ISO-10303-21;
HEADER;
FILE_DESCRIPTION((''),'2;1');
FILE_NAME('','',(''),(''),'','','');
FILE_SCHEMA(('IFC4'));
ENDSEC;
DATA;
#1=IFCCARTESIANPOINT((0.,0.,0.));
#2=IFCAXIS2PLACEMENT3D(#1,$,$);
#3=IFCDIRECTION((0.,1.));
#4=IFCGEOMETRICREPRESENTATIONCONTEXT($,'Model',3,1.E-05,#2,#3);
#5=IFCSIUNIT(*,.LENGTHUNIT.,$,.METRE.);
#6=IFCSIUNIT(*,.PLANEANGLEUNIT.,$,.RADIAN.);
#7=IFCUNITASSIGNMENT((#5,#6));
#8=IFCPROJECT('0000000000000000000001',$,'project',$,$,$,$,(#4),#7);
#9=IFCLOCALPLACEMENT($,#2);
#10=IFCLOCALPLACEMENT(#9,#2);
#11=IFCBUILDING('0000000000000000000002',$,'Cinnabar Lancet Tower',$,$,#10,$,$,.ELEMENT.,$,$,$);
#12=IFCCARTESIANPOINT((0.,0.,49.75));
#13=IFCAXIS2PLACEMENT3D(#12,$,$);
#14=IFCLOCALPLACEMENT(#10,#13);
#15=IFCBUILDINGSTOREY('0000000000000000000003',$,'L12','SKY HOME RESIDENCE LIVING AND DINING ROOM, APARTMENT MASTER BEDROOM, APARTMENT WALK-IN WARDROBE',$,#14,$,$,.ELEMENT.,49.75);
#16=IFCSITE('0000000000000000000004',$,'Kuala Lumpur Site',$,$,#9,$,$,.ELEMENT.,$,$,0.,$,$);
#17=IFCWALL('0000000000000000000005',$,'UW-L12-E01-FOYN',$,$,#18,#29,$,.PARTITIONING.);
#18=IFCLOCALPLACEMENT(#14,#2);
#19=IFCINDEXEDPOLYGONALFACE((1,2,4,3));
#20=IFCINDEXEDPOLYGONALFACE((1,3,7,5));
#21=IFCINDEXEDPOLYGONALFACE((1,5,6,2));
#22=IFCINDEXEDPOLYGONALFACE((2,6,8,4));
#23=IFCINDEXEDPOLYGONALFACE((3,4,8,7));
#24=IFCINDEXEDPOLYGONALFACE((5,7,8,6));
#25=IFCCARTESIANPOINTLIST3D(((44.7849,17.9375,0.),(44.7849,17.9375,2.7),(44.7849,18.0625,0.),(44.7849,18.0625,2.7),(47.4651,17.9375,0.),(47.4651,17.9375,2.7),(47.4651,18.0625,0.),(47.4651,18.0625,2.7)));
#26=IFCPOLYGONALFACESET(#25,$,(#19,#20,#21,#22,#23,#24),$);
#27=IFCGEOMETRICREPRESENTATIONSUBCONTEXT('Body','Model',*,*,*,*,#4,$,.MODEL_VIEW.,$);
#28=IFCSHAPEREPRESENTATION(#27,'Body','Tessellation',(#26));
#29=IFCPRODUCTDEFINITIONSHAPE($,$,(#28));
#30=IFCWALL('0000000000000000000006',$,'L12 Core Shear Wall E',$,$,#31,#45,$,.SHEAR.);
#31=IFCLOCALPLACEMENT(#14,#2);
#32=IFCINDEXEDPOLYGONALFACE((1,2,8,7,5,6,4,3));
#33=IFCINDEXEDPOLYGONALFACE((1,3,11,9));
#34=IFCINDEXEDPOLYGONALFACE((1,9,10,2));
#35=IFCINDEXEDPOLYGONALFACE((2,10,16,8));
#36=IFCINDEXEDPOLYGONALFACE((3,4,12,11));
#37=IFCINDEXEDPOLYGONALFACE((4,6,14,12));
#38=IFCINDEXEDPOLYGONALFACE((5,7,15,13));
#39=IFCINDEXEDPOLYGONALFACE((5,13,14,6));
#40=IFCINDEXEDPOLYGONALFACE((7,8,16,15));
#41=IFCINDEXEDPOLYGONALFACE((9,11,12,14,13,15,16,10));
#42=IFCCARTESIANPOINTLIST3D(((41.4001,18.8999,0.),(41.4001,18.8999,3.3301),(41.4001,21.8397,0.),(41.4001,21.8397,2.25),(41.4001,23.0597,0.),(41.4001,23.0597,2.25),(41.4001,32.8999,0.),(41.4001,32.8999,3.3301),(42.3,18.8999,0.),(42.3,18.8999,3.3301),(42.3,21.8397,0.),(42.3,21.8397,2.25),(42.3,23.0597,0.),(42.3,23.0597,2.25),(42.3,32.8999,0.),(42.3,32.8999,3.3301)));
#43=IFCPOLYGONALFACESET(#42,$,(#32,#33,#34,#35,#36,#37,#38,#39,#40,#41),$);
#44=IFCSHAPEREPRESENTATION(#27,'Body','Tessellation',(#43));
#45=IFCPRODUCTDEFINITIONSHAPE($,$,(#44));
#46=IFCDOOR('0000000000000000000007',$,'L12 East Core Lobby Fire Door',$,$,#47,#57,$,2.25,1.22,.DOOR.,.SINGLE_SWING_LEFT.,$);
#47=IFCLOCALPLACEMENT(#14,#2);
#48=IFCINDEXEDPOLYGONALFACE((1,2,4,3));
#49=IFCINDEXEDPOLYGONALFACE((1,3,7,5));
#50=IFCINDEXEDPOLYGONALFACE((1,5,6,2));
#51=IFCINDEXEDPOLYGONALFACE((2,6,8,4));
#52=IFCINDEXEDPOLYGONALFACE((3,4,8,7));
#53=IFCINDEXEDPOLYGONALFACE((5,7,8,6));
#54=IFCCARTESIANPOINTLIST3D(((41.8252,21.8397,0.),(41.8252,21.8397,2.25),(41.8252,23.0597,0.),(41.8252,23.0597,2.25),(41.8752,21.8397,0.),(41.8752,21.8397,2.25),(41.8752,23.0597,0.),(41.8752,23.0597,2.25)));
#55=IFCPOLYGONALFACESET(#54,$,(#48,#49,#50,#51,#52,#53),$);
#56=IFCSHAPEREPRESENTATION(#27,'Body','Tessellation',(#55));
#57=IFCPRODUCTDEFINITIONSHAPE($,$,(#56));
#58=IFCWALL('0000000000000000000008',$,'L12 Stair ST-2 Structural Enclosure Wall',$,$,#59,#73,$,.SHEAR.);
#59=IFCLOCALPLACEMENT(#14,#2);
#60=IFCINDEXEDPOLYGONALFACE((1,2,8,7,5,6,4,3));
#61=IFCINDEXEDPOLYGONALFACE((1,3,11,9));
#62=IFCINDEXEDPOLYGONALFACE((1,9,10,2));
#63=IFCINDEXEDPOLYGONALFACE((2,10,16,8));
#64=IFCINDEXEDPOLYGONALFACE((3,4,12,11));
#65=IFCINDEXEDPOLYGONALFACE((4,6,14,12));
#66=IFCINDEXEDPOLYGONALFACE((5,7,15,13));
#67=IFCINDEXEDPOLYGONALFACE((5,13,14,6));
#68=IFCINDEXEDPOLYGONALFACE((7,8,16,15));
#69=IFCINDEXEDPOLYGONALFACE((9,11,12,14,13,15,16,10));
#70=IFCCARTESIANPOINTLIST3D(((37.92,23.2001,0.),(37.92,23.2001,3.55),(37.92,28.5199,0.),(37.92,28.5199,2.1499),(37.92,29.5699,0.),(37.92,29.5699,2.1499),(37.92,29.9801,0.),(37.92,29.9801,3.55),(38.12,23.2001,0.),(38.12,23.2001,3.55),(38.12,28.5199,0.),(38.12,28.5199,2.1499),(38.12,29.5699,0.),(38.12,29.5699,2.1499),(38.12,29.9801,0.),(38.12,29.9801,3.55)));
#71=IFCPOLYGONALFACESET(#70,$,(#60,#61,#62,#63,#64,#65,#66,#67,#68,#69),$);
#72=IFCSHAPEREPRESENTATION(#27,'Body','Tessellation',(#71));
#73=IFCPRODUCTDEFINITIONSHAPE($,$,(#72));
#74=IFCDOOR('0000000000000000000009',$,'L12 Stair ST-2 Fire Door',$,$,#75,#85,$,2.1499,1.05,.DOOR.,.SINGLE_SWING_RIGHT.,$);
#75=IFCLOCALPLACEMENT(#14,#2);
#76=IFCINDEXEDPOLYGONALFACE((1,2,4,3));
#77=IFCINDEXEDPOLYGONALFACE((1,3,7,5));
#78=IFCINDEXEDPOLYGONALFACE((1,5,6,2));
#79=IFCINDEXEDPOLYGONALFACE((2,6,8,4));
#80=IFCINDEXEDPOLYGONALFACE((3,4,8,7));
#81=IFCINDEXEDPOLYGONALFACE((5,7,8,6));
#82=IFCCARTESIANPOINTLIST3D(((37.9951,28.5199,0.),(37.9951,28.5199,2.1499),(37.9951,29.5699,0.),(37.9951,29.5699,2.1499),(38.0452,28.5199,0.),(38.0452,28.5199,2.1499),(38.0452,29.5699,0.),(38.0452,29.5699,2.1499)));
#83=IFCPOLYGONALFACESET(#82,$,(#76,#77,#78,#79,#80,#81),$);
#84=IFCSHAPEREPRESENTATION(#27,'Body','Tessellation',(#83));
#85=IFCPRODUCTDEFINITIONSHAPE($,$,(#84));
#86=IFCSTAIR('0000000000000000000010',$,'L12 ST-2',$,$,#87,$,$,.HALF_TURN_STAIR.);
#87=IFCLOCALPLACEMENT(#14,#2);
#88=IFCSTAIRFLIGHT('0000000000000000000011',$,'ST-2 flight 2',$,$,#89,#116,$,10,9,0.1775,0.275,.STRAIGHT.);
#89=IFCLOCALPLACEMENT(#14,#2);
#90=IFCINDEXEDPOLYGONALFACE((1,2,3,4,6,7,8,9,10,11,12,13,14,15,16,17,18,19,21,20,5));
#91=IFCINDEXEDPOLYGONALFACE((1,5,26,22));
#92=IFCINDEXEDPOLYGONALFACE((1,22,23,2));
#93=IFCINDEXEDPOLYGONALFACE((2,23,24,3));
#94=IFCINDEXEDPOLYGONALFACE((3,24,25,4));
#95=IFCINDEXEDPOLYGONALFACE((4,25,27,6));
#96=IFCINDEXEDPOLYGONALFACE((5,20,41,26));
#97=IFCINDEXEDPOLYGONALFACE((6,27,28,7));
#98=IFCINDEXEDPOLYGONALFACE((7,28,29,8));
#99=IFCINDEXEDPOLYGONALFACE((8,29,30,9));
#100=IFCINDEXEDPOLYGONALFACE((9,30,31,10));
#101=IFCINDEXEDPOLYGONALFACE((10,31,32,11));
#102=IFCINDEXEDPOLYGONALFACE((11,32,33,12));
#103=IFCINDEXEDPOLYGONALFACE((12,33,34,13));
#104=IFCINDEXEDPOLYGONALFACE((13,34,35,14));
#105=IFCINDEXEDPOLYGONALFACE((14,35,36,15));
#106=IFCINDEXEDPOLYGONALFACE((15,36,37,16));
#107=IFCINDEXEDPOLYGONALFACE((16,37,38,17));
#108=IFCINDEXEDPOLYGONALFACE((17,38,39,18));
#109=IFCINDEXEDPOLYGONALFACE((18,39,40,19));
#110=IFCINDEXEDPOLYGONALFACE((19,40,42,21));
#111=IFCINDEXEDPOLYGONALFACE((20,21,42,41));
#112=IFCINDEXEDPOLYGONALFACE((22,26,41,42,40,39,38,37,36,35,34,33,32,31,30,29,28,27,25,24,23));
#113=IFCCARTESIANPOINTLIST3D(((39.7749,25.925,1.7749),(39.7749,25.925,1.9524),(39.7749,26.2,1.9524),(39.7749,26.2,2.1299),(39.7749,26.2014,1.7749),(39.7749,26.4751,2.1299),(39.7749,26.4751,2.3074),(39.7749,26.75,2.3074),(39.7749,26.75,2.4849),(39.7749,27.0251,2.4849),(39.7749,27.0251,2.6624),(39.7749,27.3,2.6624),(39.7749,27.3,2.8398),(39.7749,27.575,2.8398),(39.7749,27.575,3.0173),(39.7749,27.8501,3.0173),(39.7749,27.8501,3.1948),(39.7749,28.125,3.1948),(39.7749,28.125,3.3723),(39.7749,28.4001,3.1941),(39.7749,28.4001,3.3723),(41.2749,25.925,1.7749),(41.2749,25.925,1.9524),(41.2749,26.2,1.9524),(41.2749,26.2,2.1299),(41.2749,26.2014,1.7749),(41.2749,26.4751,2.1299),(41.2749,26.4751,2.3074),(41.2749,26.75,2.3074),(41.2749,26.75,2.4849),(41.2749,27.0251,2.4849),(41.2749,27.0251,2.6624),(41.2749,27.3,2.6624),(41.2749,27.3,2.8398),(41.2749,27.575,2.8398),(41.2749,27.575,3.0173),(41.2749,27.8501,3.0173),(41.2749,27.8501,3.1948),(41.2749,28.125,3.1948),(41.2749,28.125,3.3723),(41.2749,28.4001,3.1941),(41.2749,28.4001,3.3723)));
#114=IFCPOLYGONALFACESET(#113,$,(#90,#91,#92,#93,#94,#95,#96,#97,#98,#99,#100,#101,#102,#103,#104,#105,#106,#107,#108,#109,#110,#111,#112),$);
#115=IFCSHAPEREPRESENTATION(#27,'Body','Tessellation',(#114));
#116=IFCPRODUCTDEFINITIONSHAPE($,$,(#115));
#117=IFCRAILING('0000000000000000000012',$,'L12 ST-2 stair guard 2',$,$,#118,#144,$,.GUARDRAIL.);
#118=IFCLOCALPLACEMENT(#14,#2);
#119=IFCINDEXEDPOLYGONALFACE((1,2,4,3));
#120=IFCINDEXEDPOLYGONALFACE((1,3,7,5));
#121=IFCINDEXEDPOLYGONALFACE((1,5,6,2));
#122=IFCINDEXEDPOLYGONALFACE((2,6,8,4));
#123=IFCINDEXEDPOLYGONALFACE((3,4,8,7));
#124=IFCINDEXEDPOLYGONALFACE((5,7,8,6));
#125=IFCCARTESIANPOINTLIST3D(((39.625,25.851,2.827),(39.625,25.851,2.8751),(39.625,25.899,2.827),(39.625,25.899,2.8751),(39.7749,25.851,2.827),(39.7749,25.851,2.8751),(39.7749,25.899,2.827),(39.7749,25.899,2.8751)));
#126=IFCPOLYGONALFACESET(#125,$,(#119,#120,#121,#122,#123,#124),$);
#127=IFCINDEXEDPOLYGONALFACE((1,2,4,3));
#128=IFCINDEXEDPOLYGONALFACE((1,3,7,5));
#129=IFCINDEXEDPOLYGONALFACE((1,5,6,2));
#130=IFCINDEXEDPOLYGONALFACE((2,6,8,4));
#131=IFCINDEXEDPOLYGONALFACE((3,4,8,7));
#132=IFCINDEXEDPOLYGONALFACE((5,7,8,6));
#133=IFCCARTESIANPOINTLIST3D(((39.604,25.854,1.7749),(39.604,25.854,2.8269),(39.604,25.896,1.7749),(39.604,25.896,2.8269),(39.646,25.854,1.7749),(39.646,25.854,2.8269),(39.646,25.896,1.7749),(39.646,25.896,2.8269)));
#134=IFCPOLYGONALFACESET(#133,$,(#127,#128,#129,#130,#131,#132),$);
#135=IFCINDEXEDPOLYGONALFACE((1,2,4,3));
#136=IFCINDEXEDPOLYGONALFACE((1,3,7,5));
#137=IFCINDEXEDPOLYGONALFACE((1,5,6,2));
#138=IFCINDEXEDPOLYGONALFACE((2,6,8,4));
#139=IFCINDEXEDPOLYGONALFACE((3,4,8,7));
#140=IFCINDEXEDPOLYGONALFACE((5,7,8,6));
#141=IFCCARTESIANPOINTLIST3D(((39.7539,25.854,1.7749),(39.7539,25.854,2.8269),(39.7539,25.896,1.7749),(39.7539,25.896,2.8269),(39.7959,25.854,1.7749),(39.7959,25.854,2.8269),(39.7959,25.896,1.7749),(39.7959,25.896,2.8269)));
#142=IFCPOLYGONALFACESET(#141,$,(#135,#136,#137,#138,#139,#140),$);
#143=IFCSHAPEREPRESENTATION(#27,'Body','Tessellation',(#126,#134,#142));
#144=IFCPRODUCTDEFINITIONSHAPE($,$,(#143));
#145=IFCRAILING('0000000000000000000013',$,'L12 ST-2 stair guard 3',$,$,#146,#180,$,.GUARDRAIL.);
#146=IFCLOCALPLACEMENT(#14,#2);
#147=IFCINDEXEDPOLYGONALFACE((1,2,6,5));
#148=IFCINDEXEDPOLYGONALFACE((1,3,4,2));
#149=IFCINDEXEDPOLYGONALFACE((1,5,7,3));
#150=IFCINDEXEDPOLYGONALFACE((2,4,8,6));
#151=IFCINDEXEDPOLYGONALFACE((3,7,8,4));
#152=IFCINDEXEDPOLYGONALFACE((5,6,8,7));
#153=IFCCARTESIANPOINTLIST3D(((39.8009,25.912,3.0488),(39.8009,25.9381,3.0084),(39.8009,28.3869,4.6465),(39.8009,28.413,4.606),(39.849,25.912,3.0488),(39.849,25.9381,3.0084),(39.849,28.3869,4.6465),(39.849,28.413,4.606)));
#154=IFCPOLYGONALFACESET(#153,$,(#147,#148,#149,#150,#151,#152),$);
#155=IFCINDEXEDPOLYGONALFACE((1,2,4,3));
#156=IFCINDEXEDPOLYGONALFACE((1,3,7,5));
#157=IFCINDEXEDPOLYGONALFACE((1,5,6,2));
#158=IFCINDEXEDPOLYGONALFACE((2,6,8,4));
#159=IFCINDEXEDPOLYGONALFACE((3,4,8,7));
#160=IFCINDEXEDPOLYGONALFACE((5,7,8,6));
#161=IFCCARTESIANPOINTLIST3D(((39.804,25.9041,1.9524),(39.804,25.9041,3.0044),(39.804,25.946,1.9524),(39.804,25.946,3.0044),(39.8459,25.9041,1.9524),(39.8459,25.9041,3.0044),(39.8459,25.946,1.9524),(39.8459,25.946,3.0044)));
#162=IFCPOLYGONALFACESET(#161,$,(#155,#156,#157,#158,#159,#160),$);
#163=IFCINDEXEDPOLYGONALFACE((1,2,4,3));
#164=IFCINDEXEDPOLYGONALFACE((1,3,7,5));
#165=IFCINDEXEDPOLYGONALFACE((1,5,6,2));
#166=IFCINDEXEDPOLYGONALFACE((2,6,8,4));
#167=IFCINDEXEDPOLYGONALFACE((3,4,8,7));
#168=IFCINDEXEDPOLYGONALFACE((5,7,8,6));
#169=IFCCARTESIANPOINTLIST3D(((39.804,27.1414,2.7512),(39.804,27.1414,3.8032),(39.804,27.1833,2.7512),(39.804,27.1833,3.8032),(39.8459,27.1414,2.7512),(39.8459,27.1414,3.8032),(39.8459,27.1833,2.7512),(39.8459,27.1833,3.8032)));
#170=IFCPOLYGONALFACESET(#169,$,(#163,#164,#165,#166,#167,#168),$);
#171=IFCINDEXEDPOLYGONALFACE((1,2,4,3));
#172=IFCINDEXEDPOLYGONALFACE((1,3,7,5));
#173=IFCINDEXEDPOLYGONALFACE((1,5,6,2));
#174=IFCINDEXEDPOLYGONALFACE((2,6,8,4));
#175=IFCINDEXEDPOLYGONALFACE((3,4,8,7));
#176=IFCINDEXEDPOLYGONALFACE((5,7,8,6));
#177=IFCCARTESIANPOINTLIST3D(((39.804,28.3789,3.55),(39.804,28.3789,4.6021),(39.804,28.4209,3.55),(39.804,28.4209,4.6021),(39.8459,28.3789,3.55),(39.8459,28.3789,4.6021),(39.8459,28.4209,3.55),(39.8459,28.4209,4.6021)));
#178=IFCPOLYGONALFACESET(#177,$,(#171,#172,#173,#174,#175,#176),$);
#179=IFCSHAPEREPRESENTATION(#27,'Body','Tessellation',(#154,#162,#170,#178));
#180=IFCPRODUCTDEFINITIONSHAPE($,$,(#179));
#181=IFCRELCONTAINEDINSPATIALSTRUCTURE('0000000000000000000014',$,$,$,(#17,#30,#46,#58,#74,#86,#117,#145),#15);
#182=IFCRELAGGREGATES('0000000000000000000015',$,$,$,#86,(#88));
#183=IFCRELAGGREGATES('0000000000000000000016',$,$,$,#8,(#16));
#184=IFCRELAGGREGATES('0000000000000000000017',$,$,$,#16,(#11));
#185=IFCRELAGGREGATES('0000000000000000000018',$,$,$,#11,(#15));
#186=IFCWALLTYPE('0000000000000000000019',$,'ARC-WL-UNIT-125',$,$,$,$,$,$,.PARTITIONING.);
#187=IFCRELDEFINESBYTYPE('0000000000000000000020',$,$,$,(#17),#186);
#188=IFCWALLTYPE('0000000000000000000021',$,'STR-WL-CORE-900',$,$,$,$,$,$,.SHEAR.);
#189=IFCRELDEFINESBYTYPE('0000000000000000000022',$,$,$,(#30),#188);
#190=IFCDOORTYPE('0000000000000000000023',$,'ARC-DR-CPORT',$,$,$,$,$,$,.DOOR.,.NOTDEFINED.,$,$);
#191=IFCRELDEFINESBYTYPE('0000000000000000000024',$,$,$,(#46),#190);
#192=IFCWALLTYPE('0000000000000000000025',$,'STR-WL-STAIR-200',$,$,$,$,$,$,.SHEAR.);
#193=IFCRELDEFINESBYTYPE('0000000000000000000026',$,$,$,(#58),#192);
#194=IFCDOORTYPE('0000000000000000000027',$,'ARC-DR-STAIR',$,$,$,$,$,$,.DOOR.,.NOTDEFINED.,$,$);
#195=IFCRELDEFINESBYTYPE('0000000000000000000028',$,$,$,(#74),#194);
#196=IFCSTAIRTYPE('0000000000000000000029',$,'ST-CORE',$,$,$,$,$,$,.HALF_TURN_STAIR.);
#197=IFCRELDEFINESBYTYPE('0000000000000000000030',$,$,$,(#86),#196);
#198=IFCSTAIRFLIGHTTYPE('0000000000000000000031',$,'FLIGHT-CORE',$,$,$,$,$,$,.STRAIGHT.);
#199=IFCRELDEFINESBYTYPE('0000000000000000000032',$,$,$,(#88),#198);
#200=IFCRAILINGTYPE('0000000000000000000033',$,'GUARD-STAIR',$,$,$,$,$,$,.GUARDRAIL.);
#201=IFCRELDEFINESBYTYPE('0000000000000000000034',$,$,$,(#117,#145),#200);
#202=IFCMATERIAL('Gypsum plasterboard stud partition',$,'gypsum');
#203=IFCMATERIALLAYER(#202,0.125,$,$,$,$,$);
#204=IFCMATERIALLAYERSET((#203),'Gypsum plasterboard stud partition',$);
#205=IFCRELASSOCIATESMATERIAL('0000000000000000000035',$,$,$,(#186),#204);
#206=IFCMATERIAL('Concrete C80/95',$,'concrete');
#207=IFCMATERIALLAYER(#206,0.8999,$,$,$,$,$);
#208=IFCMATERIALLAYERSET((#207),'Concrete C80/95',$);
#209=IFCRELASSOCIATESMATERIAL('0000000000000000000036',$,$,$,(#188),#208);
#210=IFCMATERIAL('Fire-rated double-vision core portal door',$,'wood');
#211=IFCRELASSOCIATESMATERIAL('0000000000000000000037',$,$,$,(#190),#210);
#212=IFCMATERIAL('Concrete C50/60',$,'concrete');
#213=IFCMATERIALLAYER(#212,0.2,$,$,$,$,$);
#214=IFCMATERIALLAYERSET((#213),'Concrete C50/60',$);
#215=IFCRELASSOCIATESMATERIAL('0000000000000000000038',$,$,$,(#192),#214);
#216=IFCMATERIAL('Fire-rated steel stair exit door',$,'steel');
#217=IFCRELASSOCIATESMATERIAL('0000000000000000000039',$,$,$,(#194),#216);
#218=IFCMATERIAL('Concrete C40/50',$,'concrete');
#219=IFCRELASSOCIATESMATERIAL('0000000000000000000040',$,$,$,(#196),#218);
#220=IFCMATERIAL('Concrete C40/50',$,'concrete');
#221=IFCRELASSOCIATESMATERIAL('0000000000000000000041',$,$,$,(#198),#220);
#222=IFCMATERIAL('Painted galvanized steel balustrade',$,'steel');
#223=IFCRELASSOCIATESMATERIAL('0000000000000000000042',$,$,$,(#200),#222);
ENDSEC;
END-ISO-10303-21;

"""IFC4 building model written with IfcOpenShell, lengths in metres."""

from ifc_helpers import new_model, si_unit, direction, frame, frame_2d, origin, origin_2d, place, context, subcontext, project, spatial, polyline, rectangle, outline, extrude, material, layer, layer_set, type_object, element, fill, aggregate, save


model = new_model("IFC4")

# Units and contexts
model_context = context("Model", 3, precision=1e-05, world=origin(), true_north=direction((0.0, 1.0)))
body_context = subcontext(model_context, "Body", "Model", "MODEL_VIEW")
ifc_project = project(units=[si_unit("LENGTHUNIT", "METRE"), si_unit("PLANEANGLEUNIT", "RADIAN")], contexts=[model_context])

# Site, building, storey
site_placement = place(None, origin())
site = spatial("IfcSite", under=ifc_project, at=site_placement, Name="Kuala Lumpur Site", CompositionType="ELEMENT", RefElevation=0.0)
building_placement = place(site_placement, origin())
building = spatial("IfcBuilding", under=site, at=building_placement, Name="Cinnabar Lancet Tower", CompositionType="ELEMENT")
storey_placement = place(building_placement, frame((0.0, 0.0, 49.75)))
storey = spatial("IfcBuildingStorey", under=building, at=storey_placement, Name="L12", Description="SKY HOME RESIDENCE LIVING AND DINING ROOM, APARTMENT MASTER BEDROOM, APARTMENT WALK-IN WARDROBE", CompositionType="ELEMENT", Elevation=49.75)

# Wall
ifc_material_1 = material(Name="Gypsum plasterboard stud partition", Category="gypsum")
ifc_layer_1 = layer(ifc_material_1, 0.125)
ifc_layer_set_1 = layer_set([ifc_layer_1], Name="Gypsum plasterboard stud partition")
wall_type_1 = type_object("IfcWallType", Name="ARC-WL-UNIT-125", PredefinedType="PARTITIONING", material=ifc_layer_set_1)
wall_1_placement = place(storey_placement, frame((44.7849, 18.0, 0.0), z_axis=(0.0, 0.0, 1.0), x_axis=(1.0, 0.0, 0.0)))
element("IfcWall", 1, at=wall_1_placement, inside=storey, type_object=wall_type_1, Name="UW-L12-E01-FOYN", PredefinedType="PARTITIONING", context=body_context, shape_type="SweptSolid", body=[
    extrude(rectangle(XDim=2.6802, YDim=0.125, at=frame_2d((1.3401, 0.0))), origin(), (0.0, 0.0, 1.0), 2.7),
])

# Walls, openings, doors
ifc_material_2 = material(Name="Concrete C80/95", Category="concrete")
ifc_layer_2 = layer(ifc_material_2, 0.8999)
ifc_layer_set_2 = layer_set([ifc_layer_2], Name="Concrete C80/95")
wall_type_2 = type_object("IfcWallType", Name="STR-WL-CORE-900", PredefinedType="SHEAR", material=ifc_layer_set_2)
wall_2_placement = place(storey_placement, frame((41.8501, 18.8999, 0.0), z_axis=(0.0, 0.0, 1.0), x_axis=(0.0, 1.0, 0.0)))
wall_2 = element("IfcWall", 2, at=wall_2_placement, inside=storey, type_object=wall_type_2, Name="L12 Core Shear Wall E", PredefinedType="SHEAR", context=body_context, shape_type="SweptSolid", body=[
    extrude(rectangle(XDim=14.0, YDim=0.8999, at=frame_2d((7.0, 0.0))), origin(), (0.0, 0.0, 1.0), 3.3301),
])
opening_1_placement = place(wall_2_placement, frame((2.9399, 0.0, 0.0)))
opening_1 = element("IfcOpeningElement", 3, at=opening_1_placement, cuts=wall_2, PredefinedType="OPENING", context=body_context, shape_type="SweptSolid", body=[
    extrude(rectangle(XDim=1.22, YDim=2.25, at=frame_2d((0.6099, 1.125))), frame((0.0, 0.46, 0.0), z_axis=(0.0, -1.0, 0.0), x_axis=(1.0, 0.0, 0.0)), (0.0, 0.0, 1.0), 0.9199),
])
ifc_material_3 = material(Name="Fire-rated double-vision core portal door", Category="wood")
door_type_1 = type_object("IfcDoorType", Name="ARC-DR-CPORT", OperationType="NOTDEFINED", PredefinedType="DOOR", material=ifc_material_3)
door_1_placement = place(opening_1_placement, origin())
door_1 = element("IfcDoor", 4, at=door_1_placement, inside=storey, type_object=door_type_1, Name="L12 East Core Lobby Fire Door", OperationType="SINGLE_SWING_LEFT", OverallHeight=2.25, OverallWidth=1.22, PredefinedType="DOOR", context=body_context, shape_type="SweptSolid", body=[
    extrude(rectangle(XDim=1.22, YDim=2.25, at=frame_2d((0.6099, 1.125))), frame((0.0, 0.0249, 0.0), z_axis=(0.0, -1.0, 0.0), x_axis=(1.0, 0.0, 0.0)), (0.0, 0.0, 1.0), 0.05),
])
fill(opening_1, door_1)
ifc_material_4 = material(Name="Concrete C50/60", Category="concrete")
ifc_layer_3 = layer(ifc_material_4, 0.2)
ifc_layer_set_3 = layer_set([ifc_layer_3], Name="Concrete C50/60")
wall_type_3 = type_object("IfcWallType", Name="STR-WL-STAIR-200", PredefinedType="SHEAR", material=ifc_layer_set_3)
wall_3_placement = place(storey_placement, frame((38.02, 23.2, 0.0), z_axis=(0.0, 0.0, 1.0), x_axis=(0.0, 1.0, 0.0)))
wall_3 = element("IfcWall", 5, at=wall_3_placement, inside=storey, type_object=wall_type_3, Name="L12 Stair ST-2 Structural Enclosure Wall", PredefinedType="SHEAR", context=body_context, shape_type="SweptSolid", body=[
    extrude(rectangle(XDim=6.78, YDim=0.2, at=frame_2d((3.3901, 0.0))), origin(), (0.0, 0.0, 1.0), 3.55),
])
opening_2_placement = place(wall_3_placement, frame((5.3201, 0.0, 0.0)))
opening_2 = element("IfcOpeningElement", 6, at=opening_2_placement, cuts=wall_3, PredefinedType="OPENING", context=body_context, shape_type="SweptSolid", body=[
    extrude(rectangle(XDim=1.05, YDim=2.1499, at=frame_2d((0.5249, 1.075))), frame((0.0, 0.1099, 0.0), z_axis=(0.0, -1.0, 0.0), x_axis=(1.0, 0.0, 0.0)), (0.0, 0.0, 1.0), 0.22),
])
ifc_material_5 = material(Name="Fire-rated steel stair exit door", Category="steel")
door_type_2 = type_object("IfcDoorType", Name="ARC-DR-STAIR", OperationType="NOTDEFINED", PredefinedType="DOOR", material=ifc_material_5)
door_2_placement = place(opening_2_placement, origin())
door_2 = element("IfcDoor", 7, at=door_2_placement, inside=storey, type_object=door_type_2, Name="L12 Stair ST-2 Fire Door", OperationType="SINGLE_SWING_RIGHT", OverallHeight=2.1499, OverallWidth=1.05, PredefinedType="DOOR", context=body_context, shape_type="SweptSolid", body=[
    extrude(rectangle(XDim=1.05, YDim=2.1499, at=frame_2d((0.5249, 1.075))), frame((0.0, 0.0249, 0.0), z_axis=(0.0, -1.0, 0.0), x_axis=(1.0, 0.0, 0.0)), (0.0, 0.0, 1.0), 0.05),
])
fill(opening_2, door_2)

# Stair, stair flight
ifc_material_6 = material(Name="Concrete C40/50", Category="concrete")
stair_type = type_object("IfcStairType", Name="ST-CORE", PredefinedType="HALF_TURN_STAIR", material=ifc_material_6)
stair_placement = place(storey_placement, origin())
stair = element("IfcStair", 8, at=stair_placement, inside=storey, type_object=stair_type, Name="L12 ST-2", PredefinedType="HALF_TURN_STAIR")
ifc_material_7 = material(Name="Concrete C40/50", Category="concrete")
stair_flight_type = type_object("IfcStairFlightType", Name="FLIGHT-CORE", PredefinedType="STRAIGHT", material=ifc_material_7)
stair_flight_placement = place(storey_placement, frame((40.5249, 25.925, 1.7749), z_axis=(0.0, 0.0, 1.0), x_axis=(0.0, 1.0, 0.0)))
stair_flight = element("IfcStairFlight", 9, at=stair_flight_placement, type_object=stair_flight_type, Name="ST-2 flight 2", NumberOfRisers=10, NumberOfTreads=9, PredefinedType="STRAIGHT", RiserHeight=0.1775, TreadLength=0.275, context=body_context, shape_type="SweptSolid", body=[
    extrude(outline(polyline([(0.0, 0.0), (0.0, 0.1775), (0.2749, 0.1775), (0.2749, 0.355), (0.55, 0.355), (0.55, 0.5325), (0.825, 0.5325), (0.825, 0.71), (1.1001, 0.71), (1.1001, 0.8875), (1.375, 0.8875), (1.375, 1.0649), (1.6499, 1.0649), (1.6499, 1.2424), (1.925, 1.2424), (1.925, 1.4199), (2.2, 1.4199), (2.2, 1.5974), (2.4751, 1.5974), (2.4751, 1.7749), (2.4751, 1.4192), (0.2764, 0.0), (0.0, 0.0)])), frame((0.0, 0.75, 0.0), z_axis=(0.0, -1.0, 0.0), x_axis=(1.0, 0.0, 0.0)), (0.0, 0.0, 1.0), 1.5),
])
aggregate(stair, [stair_flight])

# Railings
ifc_material_8 = material(Name="Painted galvanized steel balustrade", Category="steel")
railing_type_1 = type_object("IfcRailingType", Name="GUARD-STAIR", PredefinedType="GUARDRAIL", material=ifc_material_8)
railing_1_placement = place(storey_placement, frame((39.625, 25.875, 1.7749)))
element("IfcRailing", 10, at=railing_1_placement, inside=storey, type_object=railing_type_1, Name="L12 ST-2 stair guard 2", PredefinedType="GUARDRAIL", context=body_context, shape_type="SweptSolid", body=[
    extrude(rectangle(XDim=0.0481, YDim=0.0481, at=origin_2d()), frame((0.0, 0.0, 1.0762), z_axis=(1.0, 0.0, 0.0), x_axis=(0.0, 1.0, 0.0)), (0.0, 0.0, 1.0), 0.1499),
    extrude(rectangle(XDim=0.042, YDim=0.042, at=origin_2d()), origin(), (0.0, 0.0, 1.0), 1.052),
    extrude(rectangle(XDim=0.042, YDim=0.042, at=origin_2d()), frame((0.1499, 0.0, 0.0)), (0.0, 0.0, 1.0), 1.052),
])
railing_2_placement = place(storey_placement, frame((39.825, 25.925, 1.9524)))
element("IfcRailing", 11, at=railing_2_placement, inside=storey, type_object=railing_type_1, Name="L12 ST-2 stair guard 3", PredefinedType="GUARDRAIL", context=body_context, shape_type="SweptSolid", body=[
    extrude(rectangle(XDim=0.0481, YDim=0.0481, at=origin_2d()), frame((0.0, 0.0, 1.0762), z_axis=(0.0, 0.840146, 0.542361), x_axis=(-1.0, 0.0, 0.0)), (0.0, 0.0, 1.0), 2.9458),
    extrude(rectangle(XDim=0.042, YDim=0.042, at=origin_2d()), origin(), (0.0, 0.0, 1.0), 1.052),
    extrude(rectangle(XDim=0.042, YDim=0.042, at=origin_2d()), frame((0.0, 1.2373, 0.7988)), (0.0, 0.0, 1.0), 1.052),
    extrude(rectangle(XDim=0.042, YDim=0.042, at=origin_2d()), frame((0.0, 2.4749, 1.5977)), (0.0, 0.0, 1.0), 1.052),
])

save(model, "model.ifc")
